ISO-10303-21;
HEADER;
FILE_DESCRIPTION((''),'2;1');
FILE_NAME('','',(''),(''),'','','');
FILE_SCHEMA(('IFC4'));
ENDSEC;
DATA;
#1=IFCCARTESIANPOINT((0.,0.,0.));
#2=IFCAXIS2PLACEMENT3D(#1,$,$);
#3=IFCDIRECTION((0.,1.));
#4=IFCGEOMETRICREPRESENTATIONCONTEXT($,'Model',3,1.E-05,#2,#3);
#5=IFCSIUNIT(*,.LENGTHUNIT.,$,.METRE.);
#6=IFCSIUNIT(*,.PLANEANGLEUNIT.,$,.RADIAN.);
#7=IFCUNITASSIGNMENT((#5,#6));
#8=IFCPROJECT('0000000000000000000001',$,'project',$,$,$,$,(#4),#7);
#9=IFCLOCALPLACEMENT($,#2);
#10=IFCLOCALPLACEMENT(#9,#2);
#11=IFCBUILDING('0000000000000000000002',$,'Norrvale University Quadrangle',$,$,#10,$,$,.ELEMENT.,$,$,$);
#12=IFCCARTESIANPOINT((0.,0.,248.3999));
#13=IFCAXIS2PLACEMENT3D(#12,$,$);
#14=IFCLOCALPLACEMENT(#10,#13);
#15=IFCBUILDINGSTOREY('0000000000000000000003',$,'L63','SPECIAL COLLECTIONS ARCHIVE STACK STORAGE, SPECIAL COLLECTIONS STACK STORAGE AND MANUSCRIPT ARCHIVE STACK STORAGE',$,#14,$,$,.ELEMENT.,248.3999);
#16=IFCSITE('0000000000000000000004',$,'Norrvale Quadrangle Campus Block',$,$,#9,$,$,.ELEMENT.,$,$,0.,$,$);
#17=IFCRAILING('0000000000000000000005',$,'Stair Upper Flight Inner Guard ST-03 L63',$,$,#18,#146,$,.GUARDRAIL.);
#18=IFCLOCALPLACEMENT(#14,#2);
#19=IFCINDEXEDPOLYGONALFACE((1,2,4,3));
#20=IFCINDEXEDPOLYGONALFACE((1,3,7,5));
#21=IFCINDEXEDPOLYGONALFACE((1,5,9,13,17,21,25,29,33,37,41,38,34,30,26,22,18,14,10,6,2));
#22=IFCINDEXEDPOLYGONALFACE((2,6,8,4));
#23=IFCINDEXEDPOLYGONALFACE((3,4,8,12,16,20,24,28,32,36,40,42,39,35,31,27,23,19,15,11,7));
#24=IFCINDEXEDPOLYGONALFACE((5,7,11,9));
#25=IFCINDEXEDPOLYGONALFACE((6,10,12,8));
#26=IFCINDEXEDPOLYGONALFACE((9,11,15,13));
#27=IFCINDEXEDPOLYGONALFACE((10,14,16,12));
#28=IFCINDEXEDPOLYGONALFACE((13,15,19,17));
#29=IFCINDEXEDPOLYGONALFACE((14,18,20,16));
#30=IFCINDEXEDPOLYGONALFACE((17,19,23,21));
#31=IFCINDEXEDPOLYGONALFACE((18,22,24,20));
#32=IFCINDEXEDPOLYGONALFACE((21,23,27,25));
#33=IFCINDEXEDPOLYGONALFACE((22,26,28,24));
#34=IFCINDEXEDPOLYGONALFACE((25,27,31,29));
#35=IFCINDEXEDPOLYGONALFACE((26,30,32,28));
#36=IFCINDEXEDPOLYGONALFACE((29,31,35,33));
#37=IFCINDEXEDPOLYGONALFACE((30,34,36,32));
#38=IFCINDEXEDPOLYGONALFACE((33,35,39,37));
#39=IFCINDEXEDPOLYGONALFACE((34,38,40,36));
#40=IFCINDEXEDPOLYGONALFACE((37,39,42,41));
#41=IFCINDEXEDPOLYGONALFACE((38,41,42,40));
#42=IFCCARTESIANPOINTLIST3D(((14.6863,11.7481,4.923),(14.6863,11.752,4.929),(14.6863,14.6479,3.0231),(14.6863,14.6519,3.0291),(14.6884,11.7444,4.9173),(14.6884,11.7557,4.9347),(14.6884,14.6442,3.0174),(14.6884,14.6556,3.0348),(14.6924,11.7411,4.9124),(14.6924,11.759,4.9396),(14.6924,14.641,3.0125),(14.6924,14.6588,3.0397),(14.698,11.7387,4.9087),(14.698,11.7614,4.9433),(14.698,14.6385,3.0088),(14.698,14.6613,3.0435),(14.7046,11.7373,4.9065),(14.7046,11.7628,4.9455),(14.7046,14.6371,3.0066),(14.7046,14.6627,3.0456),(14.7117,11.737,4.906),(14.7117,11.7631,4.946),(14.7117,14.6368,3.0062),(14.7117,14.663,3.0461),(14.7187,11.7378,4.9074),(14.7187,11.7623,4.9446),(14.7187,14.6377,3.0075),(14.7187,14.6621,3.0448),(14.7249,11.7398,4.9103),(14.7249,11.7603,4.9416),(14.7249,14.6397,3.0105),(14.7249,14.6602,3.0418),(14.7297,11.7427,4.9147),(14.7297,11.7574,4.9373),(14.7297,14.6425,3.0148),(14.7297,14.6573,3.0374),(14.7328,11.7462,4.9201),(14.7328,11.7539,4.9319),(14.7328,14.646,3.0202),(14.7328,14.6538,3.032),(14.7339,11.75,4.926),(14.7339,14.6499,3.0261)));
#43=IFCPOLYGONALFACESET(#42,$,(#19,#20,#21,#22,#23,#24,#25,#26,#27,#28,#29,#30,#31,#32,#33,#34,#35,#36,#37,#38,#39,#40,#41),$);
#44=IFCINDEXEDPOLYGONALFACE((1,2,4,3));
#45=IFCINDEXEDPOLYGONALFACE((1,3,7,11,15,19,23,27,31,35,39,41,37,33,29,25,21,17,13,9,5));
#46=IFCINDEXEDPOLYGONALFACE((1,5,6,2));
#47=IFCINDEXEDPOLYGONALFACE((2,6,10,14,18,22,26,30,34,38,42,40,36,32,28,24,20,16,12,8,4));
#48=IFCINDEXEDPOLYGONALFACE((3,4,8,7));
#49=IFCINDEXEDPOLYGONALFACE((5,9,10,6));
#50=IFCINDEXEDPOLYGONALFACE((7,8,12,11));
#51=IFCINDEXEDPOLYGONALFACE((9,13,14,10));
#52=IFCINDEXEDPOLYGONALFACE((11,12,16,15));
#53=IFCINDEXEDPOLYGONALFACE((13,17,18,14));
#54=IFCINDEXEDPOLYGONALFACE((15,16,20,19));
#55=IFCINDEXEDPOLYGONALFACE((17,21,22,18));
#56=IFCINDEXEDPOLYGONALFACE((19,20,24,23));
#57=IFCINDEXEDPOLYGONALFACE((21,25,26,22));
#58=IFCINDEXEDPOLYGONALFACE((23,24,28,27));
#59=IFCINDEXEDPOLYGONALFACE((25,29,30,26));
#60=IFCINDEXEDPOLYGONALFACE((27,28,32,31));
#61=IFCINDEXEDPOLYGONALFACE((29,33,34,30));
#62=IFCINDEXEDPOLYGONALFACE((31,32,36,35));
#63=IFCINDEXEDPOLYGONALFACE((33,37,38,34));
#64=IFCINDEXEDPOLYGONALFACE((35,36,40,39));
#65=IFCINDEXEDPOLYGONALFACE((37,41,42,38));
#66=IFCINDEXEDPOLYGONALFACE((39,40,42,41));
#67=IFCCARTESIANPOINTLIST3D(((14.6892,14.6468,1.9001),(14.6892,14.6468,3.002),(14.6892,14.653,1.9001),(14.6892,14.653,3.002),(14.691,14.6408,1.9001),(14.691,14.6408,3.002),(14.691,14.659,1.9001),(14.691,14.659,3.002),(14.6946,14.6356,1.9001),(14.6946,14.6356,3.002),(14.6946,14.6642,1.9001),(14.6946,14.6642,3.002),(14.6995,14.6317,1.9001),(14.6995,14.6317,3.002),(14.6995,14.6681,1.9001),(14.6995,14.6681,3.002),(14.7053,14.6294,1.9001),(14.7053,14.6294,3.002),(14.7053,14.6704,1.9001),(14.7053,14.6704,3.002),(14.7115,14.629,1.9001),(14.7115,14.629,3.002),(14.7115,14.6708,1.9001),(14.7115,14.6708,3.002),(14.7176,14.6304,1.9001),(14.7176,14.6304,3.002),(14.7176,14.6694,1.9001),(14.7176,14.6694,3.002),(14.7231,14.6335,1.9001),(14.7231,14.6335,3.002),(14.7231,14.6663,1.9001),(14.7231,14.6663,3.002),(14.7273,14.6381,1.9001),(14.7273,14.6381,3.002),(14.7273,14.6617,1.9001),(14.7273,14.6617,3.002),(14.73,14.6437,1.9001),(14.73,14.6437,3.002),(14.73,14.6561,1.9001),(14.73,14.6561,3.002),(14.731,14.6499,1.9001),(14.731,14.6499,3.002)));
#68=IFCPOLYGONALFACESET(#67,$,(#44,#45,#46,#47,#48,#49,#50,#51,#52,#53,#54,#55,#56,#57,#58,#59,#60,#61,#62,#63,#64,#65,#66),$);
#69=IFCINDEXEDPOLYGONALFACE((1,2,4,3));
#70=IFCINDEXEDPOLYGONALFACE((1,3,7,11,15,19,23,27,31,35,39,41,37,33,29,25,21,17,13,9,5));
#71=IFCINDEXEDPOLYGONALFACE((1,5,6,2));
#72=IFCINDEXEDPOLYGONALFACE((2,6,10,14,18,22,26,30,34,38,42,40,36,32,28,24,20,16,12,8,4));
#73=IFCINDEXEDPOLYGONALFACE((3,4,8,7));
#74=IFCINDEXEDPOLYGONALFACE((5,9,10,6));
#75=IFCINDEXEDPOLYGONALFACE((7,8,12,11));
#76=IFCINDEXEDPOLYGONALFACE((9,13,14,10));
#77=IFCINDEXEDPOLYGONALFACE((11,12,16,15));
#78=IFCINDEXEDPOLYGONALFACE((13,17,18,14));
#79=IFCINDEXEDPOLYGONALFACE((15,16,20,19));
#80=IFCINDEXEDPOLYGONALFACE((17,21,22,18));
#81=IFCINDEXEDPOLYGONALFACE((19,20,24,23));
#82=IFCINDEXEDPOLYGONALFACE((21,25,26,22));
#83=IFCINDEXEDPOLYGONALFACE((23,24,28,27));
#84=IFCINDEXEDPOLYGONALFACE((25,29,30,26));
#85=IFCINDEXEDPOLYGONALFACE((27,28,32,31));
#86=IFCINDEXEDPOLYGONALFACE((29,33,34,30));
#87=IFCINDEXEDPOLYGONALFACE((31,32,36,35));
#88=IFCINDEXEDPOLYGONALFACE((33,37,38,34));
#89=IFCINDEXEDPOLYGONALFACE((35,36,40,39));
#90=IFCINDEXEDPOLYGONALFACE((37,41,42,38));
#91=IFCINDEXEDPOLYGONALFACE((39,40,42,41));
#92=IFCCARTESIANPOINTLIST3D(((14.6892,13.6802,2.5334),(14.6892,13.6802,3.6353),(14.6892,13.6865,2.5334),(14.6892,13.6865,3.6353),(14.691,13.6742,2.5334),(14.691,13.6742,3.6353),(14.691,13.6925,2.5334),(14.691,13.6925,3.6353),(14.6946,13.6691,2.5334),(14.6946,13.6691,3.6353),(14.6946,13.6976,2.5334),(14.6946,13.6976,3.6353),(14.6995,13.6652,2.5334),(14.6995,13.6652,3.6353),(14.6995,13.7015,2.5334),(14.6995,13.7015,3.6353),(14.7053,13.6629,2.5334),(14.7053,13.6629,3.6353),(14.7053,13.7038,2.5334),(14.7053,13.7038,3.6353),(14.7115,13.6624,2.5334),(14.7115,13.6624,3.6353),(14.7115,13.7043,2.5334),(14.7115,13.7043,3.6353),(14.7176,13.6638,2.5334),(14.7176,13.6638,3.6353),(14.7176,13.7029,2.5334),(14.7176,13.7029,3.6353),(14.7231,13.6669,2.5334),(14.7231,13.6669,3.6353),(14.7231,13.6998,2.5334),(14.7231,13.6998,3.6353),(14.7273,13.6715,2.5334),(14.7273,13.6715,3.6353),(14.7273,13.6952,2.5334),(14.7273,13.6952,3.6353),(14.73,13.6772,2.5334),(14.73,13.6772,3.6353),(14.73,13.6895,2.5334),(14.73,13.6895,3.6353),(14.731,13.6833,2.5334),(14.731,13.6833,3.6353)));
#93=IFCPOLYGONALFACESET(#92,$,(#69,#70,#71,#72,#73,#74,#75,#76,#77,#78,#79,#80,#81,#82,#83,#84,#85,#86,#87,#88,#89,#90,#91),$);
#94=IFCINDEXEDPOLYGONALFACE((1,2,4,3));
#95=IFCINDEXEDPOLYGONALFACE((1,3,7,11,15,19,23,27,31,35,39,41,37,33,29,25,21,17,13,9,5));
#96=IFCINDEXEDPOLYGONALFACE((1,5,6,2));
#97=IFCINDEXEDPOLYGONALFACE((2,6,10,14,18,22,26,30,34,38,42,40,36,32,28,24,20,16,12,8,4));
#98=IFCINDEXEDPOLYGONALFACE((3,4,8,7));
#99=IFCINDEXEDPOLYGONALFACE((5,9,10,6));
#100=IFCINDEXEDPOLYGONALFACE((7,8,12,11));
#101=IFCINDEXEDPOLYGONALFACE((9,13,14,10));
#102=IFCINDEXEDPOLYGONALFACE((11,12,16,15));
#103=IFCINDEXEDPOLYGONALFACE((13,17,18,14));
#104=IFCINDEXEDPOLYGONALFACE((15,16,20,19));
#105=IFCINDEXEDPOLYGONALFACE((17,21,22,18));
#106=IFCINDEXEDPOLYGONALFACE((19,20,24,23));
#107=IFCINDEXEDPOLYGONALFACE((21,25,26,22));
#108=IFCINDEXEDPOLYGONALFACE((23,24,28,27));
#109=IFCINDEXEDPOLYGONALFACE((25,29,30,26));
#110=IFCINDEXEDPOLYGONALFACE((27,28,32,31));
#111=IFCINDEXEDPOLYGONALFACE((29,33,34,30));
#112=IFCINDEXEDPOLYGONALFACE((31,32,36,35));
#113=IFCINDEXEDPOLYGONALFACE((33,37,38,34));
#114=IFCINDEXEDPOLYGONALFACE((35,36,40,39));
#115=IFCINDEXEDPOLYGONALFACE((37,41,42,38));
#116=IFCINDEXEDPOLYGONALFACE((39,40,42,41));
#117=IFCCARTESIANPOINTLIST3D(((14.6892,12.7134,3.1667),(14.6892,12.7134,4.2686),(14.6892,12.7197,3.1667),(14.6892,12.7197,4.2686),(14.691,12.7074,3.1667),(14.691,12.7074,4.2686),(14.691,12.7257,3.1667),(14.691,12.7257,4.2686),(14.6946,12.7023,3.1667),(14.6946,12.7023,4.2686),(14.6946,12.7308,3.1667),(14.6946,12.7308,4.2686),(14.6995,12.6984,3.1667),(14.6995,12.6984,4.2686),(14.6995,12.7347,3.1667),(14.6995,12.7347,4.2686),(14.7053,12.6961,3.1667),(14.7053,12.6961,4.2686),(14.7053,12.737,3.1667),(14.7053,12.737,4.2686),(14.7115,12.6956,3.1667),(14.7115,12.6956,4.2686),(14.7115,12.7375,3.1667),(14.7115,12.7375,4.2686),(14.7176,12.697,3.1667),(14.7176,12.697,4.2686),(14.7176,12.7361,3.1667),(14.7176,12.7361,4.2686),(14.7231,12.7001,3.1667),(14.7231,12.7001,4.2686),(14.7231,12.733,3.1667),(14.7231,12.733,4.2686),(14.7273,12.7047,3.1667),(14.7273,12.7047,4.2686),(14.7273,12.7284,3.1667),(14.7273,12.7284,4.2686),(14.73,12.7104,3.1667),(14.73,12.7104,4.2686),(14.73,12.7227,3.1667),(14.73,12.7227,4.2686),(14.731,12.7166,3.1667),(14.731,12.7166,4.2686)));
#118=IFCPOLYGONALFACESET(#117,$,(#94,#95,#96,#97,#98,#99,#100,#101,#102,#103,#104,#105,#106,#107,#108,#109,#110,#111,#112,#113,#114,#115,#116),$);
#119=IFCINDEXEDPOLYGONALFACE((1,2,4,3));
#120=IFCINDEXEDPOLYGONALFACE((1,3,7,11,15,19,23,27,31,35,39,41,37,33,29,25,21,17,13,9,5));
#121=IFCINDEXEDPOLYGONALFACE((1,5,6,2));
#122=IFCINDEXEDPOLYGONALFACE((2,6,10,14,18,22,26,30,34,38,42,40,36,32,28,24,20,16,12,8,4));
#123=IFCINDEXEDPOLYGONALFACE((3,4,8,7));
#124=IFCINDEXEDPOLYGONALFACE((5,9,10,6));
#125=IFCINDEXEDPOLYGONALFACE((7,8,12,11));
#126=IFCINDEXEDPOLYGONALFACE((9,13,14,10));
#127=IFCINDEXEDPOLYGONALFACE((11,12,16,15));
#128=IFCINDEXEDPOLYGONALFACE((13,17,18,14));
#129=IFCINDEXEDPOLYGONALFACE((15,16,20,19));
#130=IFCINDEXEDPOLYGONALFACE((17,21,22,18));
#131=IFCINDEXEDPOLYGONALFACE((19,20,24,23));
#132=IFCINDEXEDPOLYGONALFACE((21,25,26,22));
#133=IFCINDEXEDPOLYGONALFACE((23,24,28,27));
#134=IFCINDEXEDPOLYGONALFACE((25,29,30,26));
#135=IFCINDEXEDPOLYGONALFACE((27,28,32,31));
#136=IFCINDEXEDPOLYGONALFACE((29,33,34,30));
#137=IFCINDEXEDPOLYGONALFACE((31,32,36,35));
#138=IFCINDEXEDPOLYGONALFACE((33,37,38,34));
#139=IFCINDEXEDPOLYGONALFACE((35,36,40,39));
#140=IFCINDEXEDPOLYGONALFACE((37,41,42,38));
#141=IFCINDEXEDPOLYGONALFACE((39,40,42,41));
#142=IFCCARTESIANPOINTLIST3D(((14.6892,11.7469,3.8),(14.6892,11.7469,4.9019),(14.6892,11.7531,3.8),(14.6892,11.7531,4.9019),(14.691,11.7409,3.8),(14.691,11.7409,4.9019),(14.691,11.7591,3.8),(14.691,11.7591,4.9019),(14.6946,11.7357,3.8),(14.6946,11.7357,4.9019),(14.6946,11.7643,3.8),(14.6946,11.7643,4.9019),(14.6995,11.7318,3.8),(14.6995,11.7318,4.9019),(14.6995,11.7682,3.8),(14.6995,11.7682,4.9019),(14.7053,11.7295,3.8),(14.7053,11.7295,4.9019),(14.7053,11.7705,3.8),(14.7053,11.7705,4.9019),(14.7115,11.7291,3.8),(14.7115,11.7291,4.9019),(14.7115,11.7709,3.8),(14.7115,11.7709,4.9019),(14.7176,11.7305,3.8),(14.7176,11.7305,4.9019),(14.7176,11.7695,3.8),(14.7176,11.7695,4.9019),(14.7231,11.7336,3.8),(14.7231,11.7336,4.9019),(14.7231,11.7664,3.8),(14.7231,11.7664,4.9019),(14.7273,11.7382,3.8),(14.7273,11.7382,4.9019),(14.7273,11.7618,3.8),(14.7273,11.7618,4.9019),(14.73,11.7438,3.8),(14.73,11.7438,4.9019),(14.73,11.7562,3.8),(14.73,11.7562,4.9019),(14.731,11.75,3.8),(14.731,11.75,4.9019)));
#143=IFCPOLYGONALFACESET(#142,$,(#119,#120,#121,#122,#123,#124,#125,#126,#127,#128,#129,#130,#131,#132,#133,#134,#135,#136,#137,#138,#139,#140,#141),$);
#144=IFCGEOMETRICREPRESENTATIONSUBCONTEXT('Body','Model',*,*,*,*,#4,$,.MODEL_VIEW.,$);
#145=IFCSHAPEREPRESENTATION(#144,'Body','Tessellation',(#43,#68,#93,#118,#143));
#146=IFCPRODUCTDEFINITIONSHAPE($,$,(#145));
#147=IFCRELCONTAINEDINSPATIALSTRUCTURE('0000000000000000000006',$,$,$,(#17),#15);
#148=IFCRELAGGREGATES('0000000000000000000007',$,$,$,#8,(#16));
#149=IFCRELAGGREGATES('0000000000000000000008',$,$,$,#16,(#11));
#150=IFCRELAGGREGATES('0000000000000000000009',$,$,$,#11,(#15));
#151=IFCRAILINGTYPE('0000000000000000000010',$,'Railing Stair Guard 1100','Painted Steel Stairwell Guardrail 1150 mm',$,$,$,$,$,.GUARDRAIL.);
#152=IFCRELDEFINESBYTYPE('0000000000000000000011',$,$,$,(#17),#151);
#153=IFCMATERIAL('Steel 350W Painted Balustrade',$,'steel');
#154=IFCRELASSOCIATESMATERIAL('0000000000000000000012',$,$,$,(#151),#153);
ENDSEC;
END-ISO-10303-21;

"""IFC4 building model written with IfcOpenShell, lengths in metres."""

from ifc_helpers import new_model, si_unit, direction, frame, origin, origin_2d, place, context, subcontext, project, spatial, circle, extrude, material, type_object, element, save


model = new_model("IFC4")

# Units and contexts
model_context = context("Model", 3, precision=1e-05, world=origin(), true_north=direction((0.0, 1.0)))
body_context = subcontext(model_context, "Body", "Model", "MODEL_VIEW")
ifc_project = project(units=[si_unit("LENGTHUNIT", "METRE"), si_unit("PLANEANGLEUNIT", "RADIAN")], contexts=[model_context])

# Site, building, storey
site_placement = place(None, origin())
site = spatial("IfcSite", under=ifc_project, at=site_placement, Name="Norrvale Quadrangle Campus Block", CompositionType="ELEMENT", RefElevation=0.0)
building_placement = place(site_placement, origin())
building = spatial("IfcBuilding", under=site, at=building_placement, Name="Norrvale University Quadrangle", CompositionType="ELEMENT")
storey_placement = place(building_placement, frame((0.0, 0.0, 248.3999)))
storey = spatial("IfcBuildingStorey", under=building, at=storey_placement, Name="L63", Description="SPECIAL COLLECTIONS ARCHIVE STACK STORAGE, SPECIAL COLLECTIONS STACK STORAGE AND MANUSCRIPT ARCHIVE STACK STORAGE", CompositionType="ELEMENT", Elevation=248.3999)

# Railing
ifc_material_1 = material(Name="Steel 350W Painted Balustrade", Category="steel")
railing_type_1 = type_object("IfcRailingType", Name="Railing Stair Guard 1100", Description="Painted Steel Stairwell Guardrail 1150 mm", PredefinedType="GUARDRAIL", material=ifc_material_1)
railing_1_placement = place(storey_placement, frame((14.71, 14.6499, 1.9001)))
element("IfcRailing", 1, at=railing_1_placement, inside=storey, type_object=railing_type_1, Name="Stair Upper Flight Inner Guard ST-03 L63", PredefinedType="GUARDRAIL", context=body_context, shape_type="SweptSolid", body=[
    extrude(circle(Radius=0.0239, at=origin_2d()), frame((0.0, 0.0, 1.126), z_axis=(0.0, -0.836466, 0.548019), x_axis=(1.0, 0.0, 0.0)), (0.0, 0.0, 1.0), 3.4668),
    extrude(circle(Radius=0.021, at=origin_2d()), origin(), (0.0, 0.0, 1.0), 1.1018),
    extrude(circle(Radius=0.021, at=origin_2d()), frame((0.0, -0.9666, 0.6333)), (0.0, 0.0, 1.0), 1.1018),
    extrude(circle(Radius=0.021, at=origin_2d()), frame((0.0, -1.9333, 1.2666)), (0.0, 0.0, 1.0), 1.1018),
    extrude(circle(Radius=0.021, at=origin_2d()), frame((0.0, -2.8999, 1.8999)), (0.0, 0.0, 1.0), 1.1018),
])

save(model, "model.ifc")
